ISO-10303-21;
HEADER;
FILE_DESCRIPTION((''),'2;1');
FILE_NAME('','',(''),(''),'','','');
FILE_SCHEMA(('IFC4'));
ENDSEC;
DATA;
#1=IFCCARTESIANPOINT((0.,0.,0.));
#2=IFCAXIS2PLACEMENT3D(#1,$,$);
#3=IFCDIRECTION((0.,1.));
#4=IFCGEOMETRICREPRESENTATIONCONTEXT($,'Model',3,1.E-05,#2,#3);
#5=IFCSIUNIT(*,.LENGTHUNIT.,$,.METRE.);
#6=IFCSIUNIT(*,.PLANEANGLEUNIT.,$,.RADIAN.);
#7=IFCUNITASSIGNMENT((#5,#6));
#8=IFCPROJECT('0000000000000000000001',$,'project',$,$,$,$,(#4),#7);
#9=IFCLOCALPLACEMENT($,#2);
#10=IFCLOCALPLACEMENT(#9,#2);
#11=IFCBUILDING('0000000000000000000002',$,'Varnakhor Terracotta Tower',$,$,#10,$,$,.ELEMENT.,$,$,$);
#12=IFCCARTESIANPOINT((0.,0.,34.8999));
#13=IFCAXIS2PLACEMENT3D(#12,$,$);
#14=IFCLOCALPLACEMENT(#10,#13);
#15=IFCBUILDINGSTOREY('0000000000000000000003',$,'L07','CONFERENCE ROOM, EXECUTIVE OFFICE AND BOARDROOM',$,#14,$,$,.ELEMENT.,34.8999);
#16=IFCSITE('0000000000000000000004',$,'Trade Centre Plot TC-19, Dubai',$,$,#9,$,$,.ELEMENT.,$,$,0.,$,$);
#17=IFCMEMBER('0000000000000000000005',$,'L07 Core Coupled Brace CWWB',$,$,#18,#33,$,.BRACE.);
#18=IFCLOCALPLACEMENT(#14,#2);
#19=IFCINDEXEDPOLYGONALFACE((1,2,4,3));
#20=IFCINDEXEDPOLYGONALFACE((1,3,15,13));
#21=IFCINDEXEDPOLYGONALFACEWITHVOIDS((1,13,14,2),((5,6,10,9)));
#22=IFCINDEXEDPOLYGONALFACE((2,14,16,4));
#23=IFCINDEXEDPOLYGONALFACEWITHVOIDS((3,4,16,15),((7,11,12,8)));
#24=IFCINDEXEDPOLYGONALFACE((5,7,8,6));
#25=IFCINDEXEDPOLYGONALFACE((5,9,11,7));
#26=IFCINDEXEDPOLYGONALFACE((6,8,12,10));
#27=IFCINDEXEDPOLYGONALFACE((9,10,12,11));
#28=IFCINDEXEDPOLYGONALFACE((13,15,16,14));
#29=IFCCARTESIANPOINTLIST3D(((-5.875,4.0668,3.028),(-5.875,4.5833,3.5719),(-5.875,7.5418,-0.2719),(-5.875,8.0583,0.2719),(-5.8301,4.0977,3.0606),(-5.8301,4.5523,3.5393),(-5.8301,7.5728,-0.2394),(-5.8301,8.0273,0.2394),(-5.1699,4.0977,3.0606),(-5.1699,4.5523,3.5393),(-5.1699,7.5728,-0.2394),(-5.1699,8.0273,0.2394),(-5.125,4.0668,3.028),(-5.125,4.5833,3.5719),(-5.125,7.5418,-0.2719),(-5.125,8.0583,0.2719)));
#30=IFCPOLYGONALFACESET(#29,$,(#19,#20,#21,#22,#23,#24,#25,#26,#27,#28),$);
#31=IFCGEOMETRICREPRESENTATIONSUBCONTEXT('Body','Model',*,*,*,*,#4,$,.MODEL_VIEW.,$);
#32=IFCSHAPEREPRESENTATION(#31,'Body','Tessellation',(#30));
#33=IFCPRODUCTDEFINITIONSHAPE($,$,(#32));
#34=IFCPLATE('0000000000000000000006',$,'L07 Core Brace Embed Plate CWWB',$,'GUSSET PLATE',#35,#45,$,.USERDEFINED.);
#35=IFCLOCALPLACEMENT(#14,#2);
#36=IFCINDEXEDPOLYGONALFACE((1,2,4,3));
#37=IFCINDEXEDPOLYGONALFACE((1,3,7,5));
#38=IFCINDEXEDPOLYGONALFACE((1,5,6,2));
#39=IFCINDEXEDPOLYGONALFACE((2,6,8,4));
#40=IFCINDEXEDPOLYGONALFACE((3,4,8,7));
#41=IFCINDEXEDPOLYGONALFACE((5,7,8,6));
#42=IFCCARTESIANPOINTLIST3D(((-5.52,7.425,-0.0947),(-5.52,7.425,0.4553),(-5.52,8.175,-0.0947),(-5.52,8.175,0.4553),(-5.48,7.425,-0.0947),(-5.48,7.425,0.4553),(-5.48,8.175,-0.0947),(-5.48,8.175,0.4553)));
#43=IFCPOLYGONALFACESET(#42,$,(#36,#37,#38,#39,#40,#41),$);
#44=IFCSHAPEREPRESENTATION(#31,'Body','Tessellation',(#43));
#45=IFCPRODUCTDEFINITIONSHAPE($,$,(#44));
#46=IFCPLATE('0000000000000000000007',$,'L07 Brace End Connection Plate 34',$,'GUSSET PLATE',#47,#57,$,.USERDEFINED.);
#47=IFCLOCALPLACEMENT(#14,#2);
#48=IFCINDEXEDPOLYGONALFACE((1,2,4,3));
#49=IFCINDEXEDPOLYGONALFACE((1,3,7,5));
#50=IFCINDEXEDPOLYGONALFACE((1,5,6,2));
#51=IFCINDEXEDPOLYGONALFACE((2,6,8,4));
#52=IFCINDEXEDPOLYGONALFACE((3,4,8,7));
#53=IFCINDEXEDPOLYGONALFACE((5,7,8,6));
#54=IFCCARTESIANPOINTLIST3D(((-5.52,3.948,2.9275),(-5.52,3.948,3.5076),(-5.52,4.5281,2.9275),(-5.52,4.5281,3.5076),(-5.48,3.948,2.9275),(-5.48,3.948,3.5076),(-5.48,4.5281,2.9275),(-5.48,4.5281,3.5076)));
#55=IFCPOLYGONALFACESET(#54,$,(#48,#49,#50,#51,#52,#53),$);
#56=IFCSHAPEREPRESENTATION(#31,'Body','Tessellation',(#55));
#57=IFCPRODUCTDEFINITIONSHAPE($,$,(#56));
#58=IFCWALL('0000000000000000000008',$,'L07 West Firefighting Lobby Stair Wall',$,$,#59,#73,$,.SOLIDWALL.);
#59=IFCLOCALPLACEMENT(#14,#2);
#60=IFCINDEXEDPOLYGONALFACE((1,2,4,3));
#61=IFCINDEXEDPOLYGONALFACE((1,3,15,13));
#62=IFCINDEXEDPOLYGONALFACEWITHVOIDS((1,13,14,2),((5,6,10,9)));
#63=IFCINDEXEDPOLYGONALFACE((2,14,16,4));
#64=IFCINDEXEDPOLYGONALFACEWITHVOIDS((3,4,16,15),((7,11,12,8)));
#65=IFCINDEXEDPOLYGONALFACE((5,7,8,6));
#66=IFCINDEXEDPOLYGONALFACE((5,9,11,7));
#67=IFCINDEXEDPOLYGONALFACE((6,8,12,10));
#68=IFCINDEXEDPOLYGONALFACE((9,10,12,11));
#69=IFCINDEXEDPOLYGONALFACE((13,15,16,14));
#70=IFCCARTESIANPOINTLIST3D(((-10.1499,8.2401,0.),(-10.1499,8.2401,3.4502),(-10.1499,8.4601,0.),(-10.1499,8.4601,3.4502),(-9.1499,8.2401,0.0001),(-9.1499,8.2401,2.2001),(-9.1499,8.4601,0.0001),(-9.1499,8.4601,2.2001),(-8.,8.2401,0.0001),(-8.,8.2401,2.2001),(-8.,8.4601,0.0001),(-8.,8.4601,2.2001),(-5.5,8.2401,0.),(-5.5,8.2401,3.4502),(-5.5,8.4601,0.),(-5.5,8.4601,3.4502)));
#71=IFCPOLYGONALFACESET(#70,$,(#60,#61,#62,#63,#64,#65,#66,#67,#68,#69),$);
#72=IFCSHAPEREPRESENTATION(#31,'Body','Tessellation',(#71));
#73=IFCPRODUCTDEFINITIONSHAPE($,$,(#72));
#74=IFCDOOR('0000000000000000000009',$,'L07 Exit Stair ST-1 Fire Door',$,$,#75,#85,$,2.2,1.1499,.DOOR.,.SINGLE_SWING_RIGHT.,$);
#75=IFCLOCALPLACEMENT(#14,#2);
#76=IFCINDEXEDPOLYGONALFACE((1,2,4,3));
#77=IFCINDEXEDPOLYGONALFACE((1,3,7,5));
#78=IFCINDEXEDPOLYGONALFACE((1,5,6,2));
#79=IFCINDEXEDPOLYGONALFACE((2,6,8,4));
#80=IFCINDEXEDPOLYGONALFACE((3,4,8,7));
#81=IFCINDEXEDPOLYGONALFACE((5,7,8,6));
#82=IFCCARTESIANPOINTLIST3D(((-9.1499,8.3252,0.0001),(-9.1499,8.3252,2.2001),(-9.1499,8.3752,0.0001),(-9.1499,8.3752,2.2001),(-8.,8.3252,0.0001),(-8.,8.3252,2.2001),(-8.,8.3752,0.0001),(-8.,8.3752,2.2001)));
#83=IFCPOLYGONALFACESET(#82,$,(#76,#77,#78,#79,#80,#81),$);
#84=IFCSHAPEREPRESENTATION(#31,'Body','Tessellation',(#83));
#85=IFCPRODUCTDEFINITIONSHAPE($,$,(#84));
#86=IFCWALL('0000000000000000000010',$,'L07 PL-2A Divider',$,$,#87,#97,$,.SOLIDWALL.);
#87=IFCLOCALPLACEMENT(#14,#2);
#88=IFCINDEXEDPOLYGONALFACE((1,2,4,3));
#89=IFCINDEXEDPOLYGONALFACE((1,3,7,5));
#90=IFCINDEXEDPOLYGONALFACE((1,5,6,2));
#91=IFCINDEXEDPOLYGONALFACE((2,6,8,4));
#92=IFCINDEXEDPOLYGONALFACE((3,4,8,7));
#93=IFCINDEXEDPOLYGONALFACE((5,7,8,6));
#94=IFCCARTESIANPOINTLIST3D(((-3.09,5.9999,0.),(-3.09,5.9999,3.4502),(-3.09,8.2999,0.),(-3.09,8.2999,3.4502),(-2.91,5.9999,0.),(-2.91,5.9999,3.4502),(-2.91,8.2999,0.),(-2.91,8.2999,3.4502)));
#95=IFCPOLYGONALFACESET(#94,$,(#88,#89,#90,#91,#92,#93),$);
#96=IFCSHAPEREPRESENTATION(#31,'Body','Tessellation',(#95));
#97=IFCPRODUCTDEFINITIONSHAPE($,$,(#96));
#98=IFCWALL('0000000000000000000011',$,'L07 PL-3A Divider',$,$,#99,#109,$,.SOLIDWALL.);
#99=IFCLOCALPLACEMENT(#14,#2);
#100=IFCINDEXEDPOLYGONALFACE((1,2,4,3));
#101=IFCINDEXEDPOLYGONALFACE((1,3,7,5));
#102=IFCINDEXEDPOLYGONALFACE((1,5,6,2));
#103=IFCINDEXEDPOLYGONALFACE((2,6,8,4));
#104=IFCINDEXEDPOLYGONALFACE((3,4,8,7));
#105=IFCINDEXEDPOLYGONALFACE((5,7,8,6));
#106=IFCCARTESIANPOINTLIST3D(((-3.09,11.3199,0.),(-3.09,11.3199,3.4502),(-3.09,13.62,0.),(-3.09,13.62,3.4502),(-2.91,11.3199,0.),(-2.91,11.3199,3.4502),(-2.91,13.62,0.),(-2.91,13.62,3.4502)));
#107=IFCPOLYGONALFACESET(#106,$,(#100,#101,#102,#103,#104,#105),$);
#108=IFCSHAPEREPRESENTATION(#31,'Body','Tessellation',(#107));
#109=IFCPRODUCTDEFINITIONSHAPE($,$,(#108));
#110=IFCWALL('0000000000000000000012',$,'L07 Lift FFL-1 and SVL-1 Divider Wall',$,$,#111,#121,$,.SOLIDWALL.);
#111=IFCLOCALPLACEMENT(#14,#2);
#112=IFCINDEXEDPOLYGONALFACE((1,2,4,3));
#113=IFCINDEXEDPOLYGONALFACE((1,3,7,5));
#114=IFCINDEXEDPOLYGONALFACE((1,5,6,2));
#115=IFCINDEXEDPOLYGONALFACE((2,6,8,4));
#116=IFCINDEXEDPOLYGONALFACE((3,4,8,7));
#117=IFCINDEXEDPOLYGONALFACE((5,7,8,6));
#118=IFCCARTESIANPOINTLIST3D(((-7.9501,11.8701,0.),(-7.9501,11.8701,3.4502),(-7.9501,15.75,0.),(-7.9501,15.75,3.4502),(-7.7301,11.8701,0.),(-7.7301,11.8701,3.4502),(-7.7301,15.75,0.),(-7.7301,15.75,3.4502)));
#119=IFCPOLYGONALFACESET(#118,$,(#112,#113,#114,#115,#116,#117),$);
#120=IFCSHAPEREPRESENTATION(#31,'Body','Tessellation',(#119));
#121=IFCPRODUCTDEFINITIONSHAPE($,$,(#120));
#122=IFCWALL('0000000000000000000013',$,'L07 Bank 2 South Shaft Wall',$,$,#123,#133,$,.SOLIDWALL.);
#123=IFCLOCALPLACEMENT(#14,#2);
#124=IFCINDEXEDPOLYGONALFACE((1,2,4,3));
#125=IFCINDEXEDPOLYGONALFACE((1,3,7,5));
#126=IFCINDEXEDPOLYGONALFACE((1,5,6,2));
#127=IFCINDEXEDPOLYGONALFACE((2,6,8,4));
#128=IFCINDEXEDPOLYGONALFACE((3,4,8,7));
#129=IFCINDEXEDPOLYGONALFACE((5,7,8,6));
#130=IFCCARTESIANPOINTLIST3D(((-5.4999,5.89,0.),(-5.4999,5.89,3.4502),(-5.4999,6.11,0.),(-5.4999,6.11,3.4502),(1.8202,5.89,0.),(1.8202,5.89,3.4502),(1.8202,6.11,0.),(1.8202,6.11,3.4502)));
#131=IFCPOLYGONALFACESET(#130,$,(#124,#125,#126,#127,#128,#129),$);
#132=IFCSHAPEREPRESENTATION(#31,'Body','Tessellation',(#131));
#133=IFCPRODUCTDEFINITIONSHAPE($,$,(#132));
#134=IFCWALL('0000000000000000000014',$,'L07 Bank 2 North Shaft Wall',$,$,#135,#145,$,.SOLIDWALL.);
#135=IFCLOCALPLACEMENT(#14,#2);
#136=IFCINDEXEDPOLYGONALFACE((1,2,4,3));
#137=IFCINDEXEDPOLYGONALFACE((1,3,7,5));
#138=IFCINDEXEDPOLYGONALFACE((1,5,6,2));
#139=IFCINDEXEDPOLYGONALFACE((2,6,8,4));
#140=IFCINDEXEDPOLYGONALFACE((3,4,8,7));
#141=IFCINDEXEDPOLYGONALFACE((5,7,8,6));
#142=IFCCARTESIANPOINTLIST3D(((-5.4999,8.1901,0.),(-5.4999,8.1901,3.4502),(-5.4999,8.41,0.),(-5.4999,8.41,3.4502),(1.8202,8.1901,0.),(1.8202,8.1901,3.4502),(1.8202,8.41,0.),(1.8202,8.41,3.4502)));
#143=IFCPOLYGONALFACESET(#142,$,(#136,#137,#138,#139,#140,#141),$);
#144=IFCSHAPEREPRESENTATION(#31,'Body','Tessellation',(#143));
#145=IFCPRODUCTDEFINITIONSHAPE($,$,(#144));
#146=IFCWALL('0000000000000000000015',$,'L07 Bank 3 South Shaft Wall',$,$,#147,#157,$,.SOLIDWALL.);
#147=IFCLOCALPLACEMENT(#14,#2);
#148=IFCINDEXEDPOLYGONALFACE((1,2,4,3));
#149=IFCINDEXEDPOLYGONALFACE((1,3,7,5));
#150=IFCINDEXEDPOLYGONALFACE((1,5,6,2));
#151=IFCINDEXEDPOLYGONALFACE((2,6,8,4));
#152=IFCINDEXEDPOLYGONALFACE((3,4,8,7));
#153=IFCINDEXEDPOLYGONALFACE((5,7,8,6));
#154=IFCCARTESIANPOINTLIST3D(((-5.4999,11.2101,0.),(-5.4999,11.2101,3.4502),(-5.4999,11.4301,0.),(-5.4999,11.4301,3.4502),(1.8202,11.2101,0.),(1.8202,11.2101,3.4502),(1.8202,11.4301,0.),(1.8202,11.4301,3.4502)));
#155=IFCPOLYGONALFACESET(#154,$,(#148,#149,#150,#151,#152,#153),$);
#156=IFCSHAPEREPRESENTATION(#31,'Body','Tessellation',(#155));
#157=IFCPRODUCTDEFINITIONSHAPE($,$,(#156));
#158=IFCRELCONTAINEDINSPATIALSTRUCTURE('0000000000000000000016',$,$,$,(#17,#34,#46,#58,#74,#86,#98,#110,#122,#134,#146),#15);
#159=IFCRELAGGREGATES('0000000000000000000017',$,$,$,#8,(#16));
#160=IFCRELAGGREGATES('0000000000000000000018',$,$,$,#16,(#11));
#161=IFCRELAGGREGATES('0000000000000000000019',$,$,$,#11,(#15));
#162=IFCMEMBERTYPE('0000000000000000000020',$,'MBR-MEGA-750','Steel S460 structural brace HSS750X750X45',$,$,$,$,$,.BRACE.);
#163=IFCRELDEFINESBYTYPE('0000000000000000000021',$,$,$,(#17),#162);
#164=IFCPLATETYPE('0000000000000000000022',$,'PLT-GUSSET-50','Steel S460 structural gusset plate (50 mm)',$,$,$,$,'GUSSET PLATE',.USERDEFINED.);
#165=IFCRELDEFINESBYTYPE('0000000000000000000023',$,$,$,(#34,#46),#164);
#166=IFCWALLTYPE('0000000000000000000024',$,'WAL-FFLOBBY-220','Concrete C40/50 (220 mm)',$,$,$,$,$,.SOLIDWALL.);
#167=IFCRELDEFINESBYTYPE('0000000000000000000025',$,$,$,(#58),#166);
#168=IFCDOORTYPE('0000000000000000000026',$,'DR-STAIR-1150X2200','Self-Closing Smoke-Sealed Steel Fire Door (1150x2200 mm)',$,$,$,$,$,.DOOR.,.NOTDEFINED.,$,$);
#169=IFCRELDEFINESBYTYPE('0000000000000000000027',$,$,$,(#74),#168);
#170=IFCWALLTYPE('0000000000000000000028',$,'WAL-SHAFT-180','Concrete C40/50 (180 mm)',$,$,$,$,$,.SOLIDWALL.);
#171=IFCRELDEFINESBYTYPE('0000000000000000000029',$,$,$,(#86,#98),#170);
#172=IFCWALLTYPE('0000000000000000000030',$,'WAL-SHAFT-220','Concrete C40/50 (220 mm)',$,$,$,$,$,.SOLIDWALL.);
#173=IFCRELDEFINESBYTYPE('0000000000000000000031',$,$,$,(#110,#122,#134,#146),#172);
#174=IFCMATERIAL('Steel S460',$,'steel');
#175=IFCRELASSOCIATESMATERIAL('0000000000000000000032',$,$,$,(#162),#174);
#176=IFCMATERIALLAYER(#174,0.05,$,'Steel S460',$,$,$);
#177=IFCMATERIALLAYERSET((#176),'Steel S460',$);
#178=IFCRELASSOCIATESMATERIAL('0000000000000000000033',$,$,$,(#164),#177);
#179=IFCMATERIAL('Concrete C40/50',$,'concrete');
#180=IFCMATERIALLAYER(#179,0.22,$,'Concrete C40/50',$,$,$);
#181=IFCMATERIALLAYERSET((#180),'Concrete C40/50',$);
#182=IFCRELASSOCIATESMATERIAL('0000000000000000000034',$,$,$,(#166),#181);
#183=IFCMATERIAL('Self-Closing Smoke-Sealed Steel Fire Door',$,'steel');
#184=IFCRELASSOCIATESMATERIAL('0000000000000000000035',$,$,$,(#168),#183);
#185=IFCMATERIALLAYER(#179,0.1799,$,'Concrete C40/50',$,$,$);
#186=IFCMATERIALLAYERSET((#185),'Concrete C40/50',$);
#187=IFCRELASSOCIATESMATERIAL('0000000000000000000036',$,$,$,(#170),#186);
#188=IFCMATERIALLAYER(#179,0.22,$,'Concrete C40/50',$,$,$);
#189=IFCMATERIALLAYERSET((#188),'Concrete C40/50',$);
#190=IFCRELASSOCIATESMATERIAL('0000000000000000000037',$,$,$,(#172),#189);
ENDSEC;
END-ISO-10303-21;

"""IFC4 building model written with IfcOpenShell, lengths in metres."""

from ifc_helpers import new_model, si_unit, direction, frame, frame_2d, origin, origin_2d, place, context, subcontext, project, spatial, rectangle, hollow_rectangle, extrude, source, transform, mapped, material, layer, layer_set, material_profile, profile_set, type_object, type_shapes, element, fill, save


model = new_model("IFC4")

# Units and contexts
model_context = context("Model", 3, precision=1e-05, world=origin(), true_north=direction((0.0, 1.0)))
body_context = subcontext(model_context, "Body", "Model", "MODEL_VIEW")
ifc_project = project(units=[si_unit("LENGTHUNIT", "METRE"), si_unit("PLANEANGLEUNIT", "RADIAN")], contexts=[model_context])

# Site, building, storey
site_placement = place(None, origin())
site = spatial("IfcSite", under=ifc_project, at=site_placement, Name="Trade Centre Plot TC-19, Dubai", CompositionType="ELEMENT", RefElevation=0.0)
building_placement = place(site_placement, origin())
building = spatial("IfcBuilding", under=site, at=building_placement, Name="Varnakhor Terracotta Tower", CompositionType="ELEMENT")
storey_placement = place(building_placement, frame((0.0, 0.0, 34.8999)))
storey = spatial("IfcBuildingStorey", under=building, at=storey_placement, Name="L07", Description="CONFERENCE ROOM, EXECUTIVE OFFICE AND BOARDROOM", CompositionType="ELEMENT", Elevation=34.8999)

# Member
ifc_material_1 = material(Name="Steel S460", Category="steel")
ifc_material_profile = material_profile(ifc_material_1, hollow_rectangle(XDim=0.75, YDim=0.75, WallThickness=0.0449, at=origin_2d()), Name="HSS750X750X45")
ifc_profile_set = profile_set([ifc_material_profile], Name="Steel S460")
member_type = type_object("IfcMemberType", Name="MBR-MEGA-750", Description="Steel S460 structural brace HSS750X750X45", PredefinedType="BRACE", material=ifc_profile_set)
shared_shape_1 = source(origin(), body_context, "Body", "SweptSolid", [
    extrude(hollow_rectangle(XDim=0.75, YDim=0.75, WallThickness=0.0449, at=origin_2d()), origin(), (0.0, 0.0, 1.0), 4.7922),
])
member_placement = place(storey_placement, frame((-5.5, 7.8, 0.0), z_axis=(0.0, -0.725134, 0.688608), x_axis=(1.0, 0.0, 0.0)))
element("IfcMember", 1, at=member_placement, inside=storey, type_object=member_type, Name="L07 Core Coupled Brace CWWB", PredefinedType="BRACE", context=body_context, shape_type="MappedRepresentation", body=[
    mapped(shared_shape_1, transform((0.0, 0.0, 0.0), scale=1.0)),
])

# Plates
ifc_layer_1 = layer(ifc_material_1, 0.05, Name="Steel S460")
ifc_layer_set_1 = layer_set([ifc_layer_1], Name="Steel S460")
plate_type = type_object("IfcPlateType", Name="PLT-GUSSET-50", Description="Steel S460 structural gusset plate (50 mm)", ElementType="GUSSET PLATE", PredefinedType="USERDEFINED", material=ifc_layer_set_1)
shared_shape_2 = source(origin(), body_context, "Body", "SweptSolid", [
    extrude(rectangle(XDim=0.75, YDim=0.04, at=origin_2d()), origin(), (0.0, 0.0, 1.0), 0.55),
])
type_shapes(plate_type, [shared_shape_2])
plate_1_placement = place(storey_placement, frame((-5.5, 7.8, -0.0947), z_axis=(0.0, 0.0, 1.0), x_axis=(0.0, 1.0, 0.0)))
element("IfcPlate", 2, at=plate_1_placement, inside=storey, type_object=plate_type, Name="L07 Core Brace Embed Plate CWWB", ObjectType="GUSSET PLATE", PredefinedType="USERDEFINED", context=body_context, shape_type="MappedRepresentation", body=[
    mapped(shared_shape_2, transform((0.0, 0.0, 0.0), scale=1.0)),
])
shared_shape_3 = source(origin(), body_context, "Body", "SweptSolid", [
    extrude(rectangle(XDim=0.5801, YDim=0.04, at=origin_2d()), origin(), (0.0, 0.0, 1.0), 0.5801),
])
plate_2_placement = place(storey_placement, frame((-5.5, 4.238, 2.9275), z_axis=(0.0, 0.0, 1.0), x_axis=(0.0, 1.0, 0.0)))
element("IfcPlate", 3, at=plate_2_placement, inside=storey, type_object=plate_type, Name="L07 Brace End Connection Plate 34", ObjectType="GUSSET PLATE", PredefinedType="USERDEFINED", context=body_context, shape_type="MappedRepresentation", body=[
    mapped(shared_shape_3, transform((0.0, 0.0, 0.0), scale=1.0)),
])

# Wall, opening, door
ifc_material_2 = material(Name="Concrete C40/50", Category="concrete")
ifc_layer_2 = layer(ifc_material_2, 0.22, Name="Concrete C40/50")
ifc_layer_set_2 = layer_set([ifc_layer_2], Name="Concrete C40/50")
wall_type_1 = type_object("IfcWallType", Name="WAL-FFLOBBY-220", Description="Concrete C40/50 (220 mm)", PredefinedType="SOLIDWALL", material=ifc_layer_set_2)
wall_1_placement = place(storey_placement, frame((-5.5, 8.3501, 0.0), z_axis=(0.0, 0.0, 1.0), x_axis=(-1.0, 0.0, 0.0)))
wall_1 = element("IfcWall", 4, at=wall_1_placement, inside=storey, type_object=wall_type_1, Name="L07 West Firefighting Lobby Stair Wall", PredefinedType="SOLIDWALL", context=body_context, shape_type="SweptSolid", body=[
    extrude(rectangle(XDim=4.6499, YDim=0.22, at=frame_2d((2.325, 0.0))), origin(), (0.0, 0.0, 1.0), 3.4502),
])
opening_placement = place(wall_1_placement, frame((2.5, 0.0, 0.0)))
opening = element("IfcOpeningElement", 5, at=opening_placement, cuts=wall_1, PredefinedType="OPENING", context=body_context, shape_type="SweptSolid", body=[
    extrude(rectangle(XDim=1.1499, YDim=2.2, at=frame_2d((0.575, 1.1001))), frame((0.0, 0.1201, 0.0), z_axis=(0.0, -1.0, 0.0), x_axis=(1.0, 0.0, 0.0)), (0.0, 0.0, 1.0), 0.24),
])
ifc_material_3 = material(Name="Self-Closing Smoke-Sealed Steel Fire Door", Category="steel")
door_type = type_object("IfcDoorType", Name="DR-STAIR-1150X2200", Description="Self-Closing Smoke-Sealed Steel Fire Door (1150x2200 mm)", OperationType="NOTDEFINED", PredefinedType="DOOR", material=ifc_material_3)
shared_shape_4 = source(origin(), body_context, "Body", "SweptSolid", [
    extrude(rectangle(XDim=1.1499, YDim=2.2, at=frame_2d((0.575, 1.1001))), frame((0.0, 0.0249, 0.0), z_axis=(0.0, -1.0, 0.0), x_axis=(1.0, 0.0, 0.0)), (0.0, 0.0, 1.0), 0.05),
])
type_shapes(door_type, [shared_shape_4])
door_placement = place(opening_placement, origin())
door = element("IfcDoor", 6, at=door_placement, inside=storey, type_object=door_type, Name="L07 Exit Stair ST-1 Fire Door", OperationType="SINGLE_SWING_RIGHT", OverallHeight=2.2, OverallWidth=1.1499, PredefinedType="DOOR", context=body_context, shape_type="MappedRepresentation", body=[
    mapped(shared_shape_4, transform((0.0, 0.0, 0.0), scale=1.0)),
])
fill(opening, door)

# Walls
ifc_layer_3 = layer(ifc_material_2, 0.1799, Name="Concrete C40/50")
ifc_layer_set_3 = layer_set([ifc_layer_3], Name="Concrete C40/50")
wall_type_2 = type_object("IfcWallType", Name="WAL-SHAFT-180", Description="Concrete C40/50 (180 mm)", PredefinedType="SOLIDWALL", material=ifc_layer_set_3)
for number, where, z_axis, x_axis, name in (
    (7, (-3.0, 6.0, 0.0), (0.0, 0.0, 1.0), (0.0, 1.0, 0.0), "L07 PL-2A Divider"),
    (8, (-3.0, 11.3201, 0.0), (0.0, 0.0, 1.0), (0.0, 1.0, 0.0), "L07 PL-3A Divider"),
):
    element("IfcWall", number, at=place(storey_placement, frame(where, z_axis=z_axis, x_axis=x_axis)), inside=storey, type_object=wall_type_2, Name=name, PredefinedType="SOLIDWALL", context=body_context, shape_type="SweptSolid", body=[
        extrude(rectangle(XDim=2.3, YDim=0.1799, at=frame_2d((1.1499, 0.0))), origin(), (0.0, 0.0, 1.0), 3.4502),
    ])
ifc_layer_4 = layer(ifc_material_2, 0.22, Name="Concrete C40/50")
ifc_layer_set_4 = layer_set([ifc_layer_4], Name="Concrete C40/50")
wall_type_3 = type_object("IfcWallType", Name="WAL-SHAFT-220", Description="Concrete C40/50 (220 mm)", PredefinedType="SOLIDWALL", material=ifc_layer_set_4)
wall_2_placement = place(storey_placement, frame((-7.8401, 11.8701, 0.0), z_axis=(0.0, 0.0, 1.0), x_axis=(0.0, 1.0, 0.0)))
element("IfcWall", 9, at=wall_2_placement, inside=storey, type_object=wall_type_3, Name="L07 Lift FFL-1 and SVL-1 Divider Wall", PredefinedType="SOLIDWALL", context=body_context, shape_type="SweptSolid", body=[
    extrude(rectangle(XDim=3.8799, YDim=0.22, at=frame_2d((1.9399, 0.0))), origin(), (0.0, 0.0, 1.0), 3.4502),
])
for number, where, z_axis, x_axis, name in (
    (10, (-5.5, 6.0, 0.0), (0.0, 0.0, 1.0), (1.0, 0.0, 0.0), "L07 Bank 2 South Shaft Wall"),
    (11, (-5.5, 8.3, 0.0), (0.0, 0.0, 1.0), (1.0, 0.0, 0.0), "L07 Bank 2 North Shaft Wall"),
    (12, (-5.5, 11.3201, 0.0), (0.0, 0.0, 1.0), (1.0, 0.0, 0.0), "L07 Bank 3 South Shaft Wall"),
):
    element("IfcWall", number, at=place(storey_placement, frame(where, z_axis=z_axis, x_axis=x_axis)), inside=storey, type_object=wall_type_3, Name=name, PredefinedType="SOLIDWALL", context=body_context, shape_type="SweptSolid", body=[
        extrude(rectangle(XDim=7.3201, YDim=0.22, at=frame_2d((3.6602, 0.0))), origin(), (0.0, 0.0, 1.0), 3.4502),
    ])

save(model, "model.ifc")
